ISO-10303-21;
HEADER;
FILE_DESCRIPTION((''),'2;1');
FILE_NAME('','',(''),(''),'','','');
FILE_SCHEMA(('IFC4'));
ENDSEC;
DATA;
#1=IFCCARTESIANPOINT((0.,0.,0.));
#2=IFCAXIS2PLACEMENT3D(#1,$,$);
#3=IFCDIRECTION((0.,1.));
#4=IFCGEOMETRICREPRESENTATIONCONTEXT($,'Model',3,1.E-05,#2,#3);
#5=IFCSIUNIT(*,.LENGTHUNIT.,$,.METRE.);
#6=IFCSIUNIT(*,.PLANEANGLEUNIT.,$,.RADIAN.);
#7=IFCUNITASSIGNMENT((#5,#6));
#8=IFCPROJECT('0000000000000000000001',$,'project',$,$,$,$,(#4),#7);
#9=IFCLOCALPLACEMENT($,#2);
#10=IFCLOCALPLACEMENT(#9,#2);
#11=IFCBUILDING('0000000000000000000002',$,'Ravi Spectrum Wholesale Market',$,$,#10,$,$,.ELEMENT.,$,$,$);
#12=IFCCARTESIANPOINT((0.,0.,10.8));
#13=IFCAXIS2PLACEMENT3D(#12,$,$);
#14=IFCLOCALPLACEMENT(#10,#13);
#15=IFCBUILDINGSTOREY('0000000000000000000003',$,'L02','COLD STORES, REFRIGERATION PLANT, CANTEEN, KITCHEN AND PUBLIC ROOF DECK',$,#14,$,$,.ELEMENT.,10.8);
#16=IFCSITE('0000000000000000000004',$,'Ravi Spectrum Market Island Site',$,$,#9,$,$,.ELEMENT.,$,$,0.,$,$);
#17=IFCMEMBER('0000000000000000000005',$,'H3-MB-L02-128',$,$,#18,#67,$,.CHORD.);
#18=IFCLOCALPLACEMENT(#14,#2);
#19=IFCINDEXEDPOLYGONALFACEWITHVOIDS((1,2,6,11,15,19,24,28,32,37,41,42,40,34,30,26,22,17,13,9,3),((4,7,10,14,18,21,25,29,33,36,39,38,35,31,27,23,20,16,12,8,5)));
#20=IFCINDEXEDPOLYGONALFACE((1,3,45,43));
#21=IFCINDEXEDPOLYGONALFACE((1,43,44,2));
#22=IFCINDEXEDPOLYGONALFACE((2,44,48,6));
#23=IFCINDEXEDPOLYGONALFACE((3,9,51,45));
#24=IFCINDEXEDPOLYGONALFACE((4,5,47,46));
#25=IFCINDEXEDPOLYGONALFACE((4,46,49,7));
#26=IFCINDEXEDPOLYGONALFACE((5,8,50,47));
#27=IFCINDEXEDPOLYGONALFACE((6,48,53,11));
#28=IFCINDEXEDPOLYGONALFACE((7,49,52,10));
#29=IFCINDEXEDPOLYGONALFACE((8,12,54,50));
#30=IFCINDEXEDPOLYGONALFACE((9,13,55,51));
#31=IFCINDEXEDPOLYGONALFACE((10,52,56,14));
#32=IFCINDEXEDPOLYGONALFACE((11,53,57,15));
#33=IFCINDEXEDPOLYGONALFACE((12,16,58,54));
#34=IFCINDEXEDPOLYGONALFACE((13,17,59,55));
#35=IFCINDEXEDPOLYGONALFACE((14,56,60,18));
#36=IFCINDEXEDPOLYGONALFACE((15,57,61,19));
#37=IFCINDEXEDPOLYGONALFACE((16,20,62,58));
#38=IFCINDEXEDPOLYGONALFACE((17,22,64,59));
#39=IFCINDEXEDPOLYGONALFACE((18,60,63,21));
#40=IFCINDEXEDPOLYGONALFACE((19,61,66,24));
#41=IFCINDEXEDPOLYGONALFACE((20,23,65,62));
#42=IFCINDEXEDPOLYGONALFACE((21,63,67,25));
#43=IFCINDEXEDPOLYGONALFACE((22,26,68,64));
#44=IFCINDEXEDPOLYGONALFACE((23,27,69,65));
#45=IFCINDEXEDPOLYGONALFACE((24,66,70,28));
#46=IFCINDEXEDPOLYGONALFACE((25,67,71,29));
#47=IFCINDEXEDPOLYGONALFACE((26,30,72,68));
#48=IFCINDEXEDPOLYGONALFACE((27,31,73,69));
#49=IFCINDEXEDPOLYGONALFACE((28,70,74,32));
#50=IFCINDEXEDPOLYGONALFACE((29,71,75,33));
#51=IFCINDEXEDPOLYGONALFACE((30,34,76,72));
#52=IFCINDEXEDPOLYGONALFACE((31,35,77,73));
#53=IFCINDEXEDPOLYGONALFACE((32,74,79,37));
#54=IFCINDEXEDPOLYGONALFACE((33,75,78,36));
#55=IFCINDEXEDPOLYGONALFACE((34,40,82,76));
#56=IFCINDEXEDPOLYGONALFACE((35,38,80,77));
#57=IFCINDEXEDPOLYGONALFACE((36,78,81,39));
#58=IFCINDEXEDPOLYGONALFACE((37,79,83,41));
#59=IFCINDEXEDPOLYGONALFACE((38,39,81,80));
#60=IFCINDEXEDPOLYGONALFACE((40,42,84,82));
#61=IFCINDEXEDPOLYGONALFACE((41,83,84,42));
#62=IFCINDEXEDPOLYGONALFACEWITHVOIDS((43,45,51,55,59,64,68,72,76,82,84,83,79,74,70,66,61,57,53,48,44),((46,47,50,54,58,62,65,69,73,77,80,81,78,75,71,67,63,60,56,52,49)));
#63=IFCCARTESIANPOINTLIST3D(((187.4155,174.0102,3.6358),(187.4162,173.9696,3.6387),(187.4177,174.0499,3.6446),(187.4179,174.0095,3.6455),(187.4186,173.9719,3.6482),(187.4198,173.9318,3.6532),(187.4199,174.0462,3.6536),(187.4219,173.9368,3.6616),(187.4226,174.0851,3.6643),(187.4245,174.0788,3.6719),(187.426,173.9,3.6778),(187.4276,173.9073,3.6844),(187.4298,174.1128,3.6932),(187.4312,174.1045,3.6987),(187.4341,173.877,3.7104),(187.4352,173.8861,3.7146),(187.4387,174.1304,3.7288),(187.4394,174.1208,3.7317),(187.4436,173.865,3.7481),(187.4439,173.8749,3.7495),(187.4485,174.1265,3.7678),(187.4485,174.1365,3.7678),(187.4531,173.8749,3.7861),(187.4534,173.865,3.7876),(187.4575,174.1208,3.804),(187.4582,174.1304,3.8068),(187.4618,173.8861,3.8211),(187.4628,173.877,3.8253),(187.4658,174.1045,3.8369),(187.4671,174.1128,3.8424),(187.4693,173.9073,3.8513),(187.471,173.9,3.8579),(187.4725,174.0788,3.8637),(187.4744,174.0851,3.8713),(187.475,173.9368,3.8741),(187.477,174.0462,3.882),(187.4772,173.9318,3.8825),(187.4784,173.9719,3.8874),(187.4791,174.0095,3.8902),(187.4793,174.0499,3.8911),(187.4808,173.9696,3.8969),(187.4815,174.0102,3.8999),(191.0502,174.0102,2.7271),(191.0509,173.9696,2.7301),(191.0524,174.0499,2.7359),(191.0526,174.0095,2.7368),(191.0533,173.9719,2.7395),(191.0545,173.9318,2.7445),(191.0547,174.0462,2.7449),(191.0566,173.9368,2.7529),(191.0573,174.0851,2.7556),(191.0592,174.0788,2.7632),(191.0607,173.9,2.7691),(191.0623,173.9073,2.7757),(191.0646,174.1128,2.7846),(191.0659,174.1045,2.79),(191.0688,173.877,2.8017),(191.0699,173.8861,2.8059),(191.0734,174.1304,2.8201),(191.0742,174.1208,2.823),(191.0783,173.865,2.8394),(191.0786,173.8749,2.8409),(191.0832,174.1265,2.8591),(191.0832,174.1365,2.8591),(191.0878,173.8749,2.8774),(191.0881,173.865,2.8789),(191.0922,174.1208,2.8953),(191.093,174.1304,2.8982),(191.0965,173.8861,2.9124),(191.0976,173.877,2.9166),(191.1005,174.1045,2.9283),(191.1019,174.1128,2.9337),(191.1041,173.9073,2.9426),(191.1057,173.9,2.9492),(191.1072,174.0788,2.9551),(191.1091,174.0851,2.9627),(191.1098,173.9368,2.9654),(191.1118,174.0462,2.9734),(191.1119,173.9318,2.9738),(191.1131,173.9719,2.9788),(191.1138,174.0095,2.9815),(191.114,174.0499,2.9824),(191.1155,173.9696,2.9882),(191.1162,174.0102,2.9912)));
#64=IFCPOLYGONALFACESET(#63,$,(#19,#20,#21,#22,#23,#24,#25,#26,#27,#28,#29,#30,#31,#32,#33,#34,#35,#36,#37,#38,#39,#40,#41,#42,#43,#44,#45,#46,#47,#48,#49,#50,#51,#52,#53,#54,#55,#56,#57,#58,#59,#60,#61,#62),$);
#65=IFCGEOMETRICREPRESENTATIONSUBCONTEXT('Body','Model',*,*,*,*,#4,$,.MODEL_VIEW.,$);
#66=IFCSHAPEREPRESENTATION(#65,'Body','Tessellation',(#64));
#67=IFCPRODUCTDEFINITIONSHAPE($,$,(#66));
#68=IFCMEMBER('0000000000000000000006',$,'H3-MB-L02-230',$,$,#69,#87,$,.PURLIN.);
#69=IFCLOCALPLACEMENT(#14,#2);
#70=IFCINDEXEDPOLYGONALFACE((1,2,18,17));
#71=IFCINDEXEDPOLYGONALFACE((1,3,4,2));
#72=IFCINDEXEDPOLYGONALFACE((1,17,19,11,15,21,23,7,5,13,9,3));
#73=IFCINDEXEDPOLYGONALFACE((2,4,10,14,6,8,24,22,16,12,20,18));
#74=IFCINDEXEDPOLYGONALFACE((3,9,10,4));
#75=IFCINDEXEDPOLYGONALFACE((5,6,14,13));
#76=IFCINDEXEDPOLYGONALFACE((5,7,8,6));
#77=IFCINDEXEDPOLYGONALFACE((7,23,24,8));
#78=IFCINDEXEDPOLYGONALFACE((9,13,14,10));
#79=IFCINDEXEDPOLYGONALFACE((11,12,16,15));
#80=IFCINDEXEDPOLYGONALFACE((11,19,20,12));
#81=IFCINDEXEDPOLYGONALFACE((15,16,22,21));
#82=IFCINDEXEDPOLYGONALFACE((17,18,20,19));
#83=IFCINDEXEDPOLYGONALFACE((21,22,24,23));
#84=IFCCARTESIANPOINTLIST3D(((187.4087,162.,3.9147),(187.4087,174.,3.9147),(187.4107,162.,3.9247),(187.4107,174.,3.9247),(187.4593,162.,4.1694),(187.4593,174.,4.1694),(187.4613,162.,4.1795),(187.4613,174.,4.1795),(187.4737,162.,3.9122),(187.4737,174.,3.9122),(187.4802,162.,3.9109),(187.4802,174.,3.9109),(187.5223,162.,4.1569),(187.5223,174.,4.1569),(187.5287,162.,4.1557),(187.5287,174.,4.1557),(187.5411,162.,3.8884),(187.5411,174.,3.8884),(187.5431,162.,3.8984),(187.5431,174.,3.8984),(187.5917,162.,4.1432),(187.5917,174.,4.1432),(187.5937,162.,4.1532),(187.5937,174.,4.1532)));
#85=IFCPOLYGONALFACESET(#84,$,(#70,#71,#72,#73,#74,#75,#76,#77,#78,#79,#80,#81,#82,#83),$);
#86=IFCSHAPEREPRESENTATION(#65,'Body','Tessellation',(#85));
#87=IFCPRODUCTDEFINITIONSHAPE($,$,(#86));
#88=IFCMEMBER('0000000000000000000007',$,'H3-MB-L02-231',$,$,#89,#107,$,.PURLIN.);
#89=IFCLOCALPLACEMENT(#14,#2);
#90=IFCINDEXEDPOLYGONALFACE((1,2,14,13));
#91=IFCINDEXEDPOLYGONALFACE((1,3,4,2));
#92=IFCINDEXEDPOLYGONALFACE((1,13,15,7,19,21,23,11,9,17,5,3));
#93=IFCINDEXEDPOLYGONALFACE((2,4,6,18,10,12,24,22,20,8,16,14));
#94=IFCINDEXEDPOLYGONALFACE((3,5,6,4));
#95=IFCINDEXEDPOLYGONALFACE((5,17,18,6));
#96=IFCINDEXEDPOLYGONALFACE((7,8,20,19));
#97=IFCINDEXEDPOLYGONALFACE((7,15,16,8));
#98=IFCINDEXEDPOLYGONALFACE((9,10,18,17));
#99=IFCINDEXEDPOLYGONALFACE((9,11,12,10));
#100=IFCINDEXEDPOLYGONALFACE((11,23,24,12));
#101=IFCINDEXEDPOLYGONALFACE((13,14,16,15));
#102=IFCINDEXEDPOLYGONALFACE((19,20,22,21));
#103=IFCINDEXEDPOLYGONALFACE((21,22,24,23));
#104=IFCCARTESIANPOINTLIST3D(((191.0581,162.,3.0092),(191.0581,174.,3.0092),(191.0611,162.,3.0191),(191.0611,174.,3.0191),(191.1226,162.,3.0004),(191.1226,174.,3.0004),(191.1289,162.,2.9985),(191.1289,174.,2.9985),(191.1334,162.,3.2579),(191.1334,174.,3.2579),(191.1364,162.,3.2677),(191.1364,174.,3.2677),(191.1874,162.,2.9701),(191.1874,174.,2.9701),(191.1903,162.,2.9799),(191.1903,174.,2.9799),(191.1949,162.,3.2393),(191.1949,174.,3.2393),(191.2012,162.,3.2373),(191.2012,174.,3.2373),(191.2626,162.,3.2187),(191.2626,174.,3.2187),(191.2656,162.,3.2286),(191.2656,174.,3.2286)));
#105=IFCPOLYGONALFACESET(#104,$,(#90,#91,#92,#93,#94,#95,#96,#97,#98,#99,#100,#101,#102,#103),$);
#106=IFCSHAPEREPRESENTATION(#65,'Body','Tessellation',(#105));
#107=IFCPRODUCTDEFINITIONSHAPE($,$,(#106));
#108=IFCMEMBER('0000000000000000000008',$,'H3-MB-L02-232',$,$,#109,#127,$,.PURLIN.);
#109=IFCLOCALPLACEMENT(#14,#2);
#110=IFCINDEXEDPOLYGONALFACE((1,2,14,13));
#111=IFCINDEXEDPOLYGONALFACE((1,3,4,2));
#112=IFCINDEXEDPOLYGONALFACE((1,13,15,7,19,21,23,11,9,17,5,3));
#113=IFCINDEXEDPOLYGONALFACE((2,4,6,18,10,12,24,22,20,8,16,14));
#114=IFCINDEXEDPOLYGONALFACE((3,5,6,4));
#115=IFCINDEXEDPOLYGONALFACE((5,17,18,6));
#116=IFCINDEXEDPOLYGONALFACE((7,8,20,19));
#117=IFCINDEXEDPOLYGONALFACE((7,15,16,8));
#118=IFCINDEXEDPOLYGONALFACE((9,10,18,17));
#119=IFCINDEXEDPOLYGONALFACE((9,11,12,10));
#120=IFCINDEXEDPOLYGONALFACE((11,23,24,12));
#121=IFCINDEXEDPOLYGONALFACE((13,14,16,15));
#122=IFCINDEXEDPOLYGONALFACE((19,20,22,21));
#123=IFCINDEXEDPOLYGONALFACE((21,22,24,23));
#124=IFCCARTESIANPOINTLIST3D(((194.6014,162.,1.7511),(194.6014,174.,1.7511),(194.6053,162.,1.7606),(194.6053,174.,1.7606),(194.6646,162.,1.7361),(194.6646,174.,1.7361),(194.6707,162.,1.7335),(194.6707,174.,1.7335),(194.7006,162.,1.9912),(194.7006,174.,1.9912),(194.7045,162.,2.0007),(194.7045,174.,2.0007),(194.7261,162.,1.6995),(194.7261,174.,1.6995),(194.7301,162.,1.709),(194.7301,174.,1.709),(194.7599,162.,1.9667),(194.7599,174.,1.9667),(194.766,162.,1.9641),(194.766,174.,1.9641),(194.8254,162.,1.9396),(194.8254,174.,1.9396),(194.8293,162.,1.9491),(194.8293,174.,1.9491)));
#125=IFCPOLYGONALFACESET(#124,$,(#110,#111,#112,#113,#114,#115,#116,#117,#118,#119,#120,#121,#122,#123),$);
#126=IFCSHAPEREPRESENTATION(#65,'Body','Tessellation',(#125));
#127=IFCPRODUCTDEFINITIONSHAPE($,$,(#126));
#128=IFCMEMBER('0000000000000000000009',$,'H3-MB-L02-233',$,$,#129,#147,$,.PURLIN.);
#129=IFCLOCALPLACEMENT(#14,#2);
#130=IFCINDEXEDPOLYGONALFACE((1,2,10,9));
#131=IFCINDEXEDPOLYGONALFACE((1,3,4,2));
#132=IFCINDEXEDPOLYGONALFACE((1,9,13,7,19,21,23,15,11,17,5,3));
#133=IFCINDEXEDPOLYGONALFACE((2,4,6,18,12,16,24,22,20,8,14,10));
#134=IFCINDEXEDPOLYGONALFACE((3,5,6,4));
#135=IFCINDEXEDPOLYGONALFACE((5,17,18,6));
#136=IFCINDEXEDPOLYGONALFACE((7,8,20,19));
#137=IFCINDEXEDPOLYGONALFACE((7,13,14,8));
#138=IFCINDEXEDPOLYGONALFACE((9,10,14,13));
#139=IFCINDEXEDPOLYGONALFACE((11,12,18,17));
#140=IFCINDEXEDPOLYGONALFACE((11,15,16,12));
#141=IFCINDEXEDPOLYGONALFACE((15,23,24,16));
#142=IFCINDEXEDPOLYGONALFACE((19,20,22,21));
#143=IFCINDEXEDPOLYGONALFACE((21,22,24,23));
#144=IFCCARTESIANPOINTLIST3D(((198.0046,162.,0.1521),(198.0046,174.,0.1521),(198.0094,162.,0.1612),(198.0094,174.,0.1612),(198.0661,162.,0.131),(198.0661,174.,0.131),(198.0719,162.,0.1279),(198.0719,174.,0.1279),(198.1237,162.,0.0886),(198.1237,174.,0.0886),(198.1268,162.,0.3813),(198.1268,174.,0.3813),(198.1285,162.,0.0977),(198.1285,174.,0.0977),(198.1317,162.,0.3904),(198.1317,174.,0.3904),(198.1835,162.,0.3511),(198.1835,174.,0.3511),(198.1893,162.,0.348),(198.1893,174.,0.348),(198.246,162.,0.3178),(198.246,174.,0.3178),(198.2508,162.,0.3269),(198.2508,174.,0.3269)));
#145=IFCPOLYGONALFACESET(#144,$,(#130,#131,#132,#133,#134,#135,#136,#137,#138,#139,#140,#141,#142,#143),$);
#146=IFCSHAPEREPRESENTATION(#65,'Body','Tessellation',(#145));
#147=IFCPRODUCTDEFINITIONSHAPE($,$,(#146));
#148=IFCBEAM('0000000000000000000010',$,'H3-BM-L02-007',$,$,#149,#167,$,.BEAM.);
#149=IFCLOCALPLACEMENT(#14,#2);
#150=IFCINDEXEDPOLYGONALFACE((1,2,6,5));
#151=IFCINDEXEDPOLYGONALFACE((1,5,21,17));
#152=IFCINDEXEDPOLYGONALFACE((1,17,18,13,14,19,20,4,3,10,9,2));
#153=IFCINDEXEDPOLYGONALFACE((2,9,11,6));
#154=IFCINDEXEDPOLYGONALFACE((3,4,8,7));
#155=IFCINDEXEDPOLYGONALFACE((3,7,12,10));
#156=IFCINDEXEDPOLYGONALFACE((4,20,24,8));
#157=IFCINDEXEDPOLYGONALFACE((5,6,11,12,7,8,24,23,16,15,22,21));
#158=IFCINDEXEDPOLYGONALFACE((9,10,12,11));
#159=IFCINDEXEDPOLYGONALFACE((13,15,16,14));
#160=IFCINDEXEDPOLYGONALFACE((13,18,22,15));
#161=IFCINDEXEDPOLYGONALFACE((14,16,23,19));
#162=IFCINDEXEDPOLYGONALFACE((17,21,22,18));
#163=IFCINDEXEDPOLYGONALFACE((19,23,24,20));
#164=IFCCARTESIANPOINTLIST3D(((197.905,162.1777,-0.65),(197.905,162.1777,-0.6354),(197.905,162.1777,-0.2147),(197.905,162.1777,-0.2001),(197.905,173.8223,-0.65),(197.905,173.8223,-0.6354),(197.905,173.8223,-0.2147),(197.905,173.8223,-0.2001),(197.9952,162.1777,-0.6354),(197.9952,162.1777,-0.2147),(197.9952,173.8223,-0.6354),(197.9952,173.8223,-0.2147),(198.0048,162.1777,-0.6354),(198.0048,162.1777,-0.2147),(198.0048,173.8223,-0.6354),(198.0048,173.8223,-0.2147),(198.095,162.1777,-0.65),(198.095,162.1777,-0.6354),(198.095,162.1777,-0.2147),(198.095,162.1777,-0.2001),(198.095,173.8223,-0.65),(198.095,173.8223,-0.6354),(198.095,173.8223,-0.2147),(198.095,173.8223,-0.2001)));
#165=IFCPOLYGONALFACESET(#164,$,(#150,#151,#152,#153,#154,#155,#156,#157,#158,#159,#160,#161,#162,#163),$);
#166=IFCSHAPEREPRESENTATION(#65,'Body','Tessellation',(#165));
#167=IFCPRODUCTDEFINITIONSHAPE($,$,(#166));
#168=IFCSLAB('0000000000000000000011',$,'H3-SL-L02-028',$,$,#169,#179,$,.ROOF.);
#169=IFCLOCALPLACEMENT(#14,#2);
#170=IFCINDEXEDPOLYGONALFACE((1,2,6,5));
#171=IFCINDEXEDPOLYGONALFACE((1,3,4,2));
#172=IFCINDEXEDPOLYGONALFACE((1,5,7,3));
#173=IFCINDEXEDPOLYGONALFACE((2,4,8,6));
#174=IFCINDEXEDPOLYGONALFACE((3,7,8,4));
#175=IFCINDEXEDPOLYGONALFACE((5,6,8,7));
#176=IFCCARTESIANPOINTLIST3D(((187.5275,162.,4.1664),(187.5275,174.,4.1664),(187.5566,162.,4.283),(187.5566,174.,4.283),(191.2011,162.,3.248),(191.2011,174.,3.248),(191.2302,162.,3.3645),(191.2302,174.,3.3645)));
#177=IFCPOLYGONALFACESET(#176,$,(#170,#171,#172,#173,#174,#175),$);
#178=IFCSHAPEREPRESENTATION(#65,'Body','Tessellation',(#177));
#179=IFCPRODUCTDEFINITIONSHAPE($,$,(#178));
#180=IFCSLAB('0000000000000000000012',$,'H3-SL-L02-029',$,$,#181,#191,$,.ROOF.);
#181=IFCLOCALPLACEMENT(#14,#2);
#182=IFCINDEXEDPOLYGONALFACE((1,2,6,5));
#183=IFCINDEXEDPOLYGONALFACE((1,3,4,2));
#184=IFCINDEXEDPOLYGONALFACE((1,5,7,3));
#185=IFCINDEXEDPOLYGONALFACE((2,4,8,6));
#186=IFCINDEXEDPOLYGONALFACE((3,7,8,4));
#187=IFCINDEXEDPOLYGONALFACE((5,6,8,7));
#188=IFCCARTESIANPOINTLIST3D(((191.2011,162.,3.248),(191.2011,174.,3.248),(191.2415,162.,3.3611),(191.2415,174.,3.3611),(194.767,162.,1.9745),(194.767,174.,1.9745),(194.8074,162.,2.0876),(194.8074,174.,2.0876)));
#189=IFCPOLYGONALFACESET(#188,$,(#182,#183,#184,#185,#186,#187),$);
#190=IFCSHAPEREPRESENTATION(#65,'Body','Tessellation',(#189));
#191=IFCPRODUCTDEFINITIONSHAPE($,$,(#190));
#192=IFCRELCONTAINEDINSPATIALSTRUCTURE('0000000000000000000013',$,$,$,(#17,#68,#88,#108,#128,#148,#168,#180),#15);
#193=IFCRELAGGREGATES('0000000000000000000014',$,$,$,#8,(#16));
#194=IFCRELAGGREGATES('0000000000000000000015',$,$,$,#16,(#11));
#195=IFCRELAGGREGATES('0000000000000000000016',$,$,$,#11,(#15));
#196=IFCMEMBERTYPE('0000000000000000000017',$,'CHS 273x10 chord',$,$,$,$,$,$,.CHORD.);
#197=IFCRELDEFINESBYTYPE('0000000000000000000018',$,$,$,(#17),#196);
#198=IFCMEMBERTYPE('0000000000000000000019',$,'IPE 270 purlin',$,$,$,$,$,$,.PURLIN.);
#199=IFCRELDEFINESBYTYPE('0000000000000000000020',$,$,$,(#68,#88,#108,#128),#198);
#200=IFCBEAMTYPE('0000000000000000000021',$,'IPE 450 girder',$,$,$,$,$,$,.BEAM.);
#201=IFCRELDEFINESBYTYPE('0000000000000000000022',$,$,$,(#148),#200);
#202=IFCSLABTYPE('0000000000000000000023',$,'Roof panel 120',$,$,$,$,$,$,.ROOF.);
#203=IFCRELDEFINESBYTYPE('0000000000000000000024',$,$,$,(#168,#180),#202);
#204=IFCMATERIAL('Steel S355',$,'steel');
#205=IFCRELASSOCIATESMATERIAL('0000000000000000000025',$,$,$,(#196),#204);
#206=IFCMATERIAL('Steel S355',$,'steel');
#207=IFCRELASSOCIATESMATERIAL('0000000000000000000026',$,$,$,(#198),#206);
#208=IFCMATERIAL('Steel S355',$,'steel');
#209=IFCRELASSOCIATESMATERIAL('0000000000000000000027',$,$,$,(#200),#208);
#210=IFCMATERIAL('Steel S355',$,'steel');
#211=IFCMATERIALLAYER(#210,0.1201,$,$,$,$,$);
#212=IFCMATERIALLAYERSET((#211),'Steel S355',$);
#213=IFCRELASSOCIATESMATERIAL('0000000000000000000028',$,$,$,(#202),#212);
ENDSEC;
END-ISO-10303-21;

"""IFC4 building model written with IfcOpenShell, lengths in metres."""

from ifc_helpers import new_model, si_unit, direction, frame, origin, origin_2d, place, context, subcontext, project, spatial, polyline, hollow_circle, i_section, outline, extrude, material, layer, layer_set, material_profile, profile_set, type_object, element, save


model = new_model("IFC4")

# Units and contexts
model_context = context("Model", 3, precision=1e-05, world=origin(), true_north=direction((0.0, 1.0)))
body_context = subcontext(model_context, "Body", "Model", "MODEL_VIEW")
ifc_project = project(units=[si_unit("LENGTHUNIT", "METRE"), si_unit("PLANEANGLEUNIT", "RADIAN")], contexts=[model_context])

# Site, building, storey
site_placement = place(None, origin())
site = spatial("IfcSite", under=ifc_project, at=site_placement, Name="Ravi Spectrum Market Island Site", CompositionType="ELEMENT", RefElevation=0.0)
building_placement = place(site_placement, origin())
building = spatial("IfcBuilding", under=site, at=building_placement, Name="Ravi Spectrum Wholesale Market", CompositionType="ELEMENT")
storey_placement = place(building_placement, frame((0.0, 0.0, 10.8)))
storey = spatial("IfcBuildingStorey", under=building, at=storey_placement, Name="L02", Description="COLD STORES, REFRIGERATION PLANT, CANTEEN, KITCHEN AND PUBLIC ROOF DECK", CompositionType="ELEMENT", Elevation=10.8)

# Members
ifc_material_1 = material(Name="Steel S355", Category="steel")
ifc_material_profile_1 = material_profile(ifc_material_1, hollow_circle(Radius=0.1365, WallThickness=0.01, at=origin_2d()))
ifc_profile_set_1 = profile_set([ifc_material_profile_1], Name="Steel S355")
member_type_1 = type_object("IfcMemberType", Name="CHS 273x10 chord", PredefinedType="CHORD", material=ifc_profile_set_1)
for number, where, z_axis, x_axis, name in (
    (1, (187.4485, 174.0, 3.7678), (0.970143, 0.0, -0.242536), (0.0, 1.0, 0.0), "H3-MB-L02-128"),
):
    element("IfcMember", number, at=place(storey_placement, frame(where, z_axis=z_axis, x_axis=x_axis)), inside=storey, type_object=member_type_1, Name=name, PredefinedType="CHORD", context=body_context, shape_type="SweptSolid", body=[
        extrude(hollow_circle(Radius=0.1365, WallThickness=0.01, at=origin_2d()), origin(), (0.0, 0.0, 1.0), 3.7466),
    ])
ifc_material_2 = material(Name="Steel S355", Category="steel")
ifc_material_profile_2 = material_profile(ifc_material_2, i_section(OverallWidth=0.135, OverallDepth=0.27, WebThickness=0.0066, FlangeThickness=0.0103, at=origin_2d()))
ifc_profile_set_2 = profile_set([ifc_material_profile_2], Name="Steel S355")
member_type_2 = type_object("IfcMemberType", Name="IPE 270 purlin", PredefinedType="PURLIN", material=ifc_profile_set_2)
for number, where, z_axis, x_axis, name in (
    (2, (187.5012, 162.0, 4.0339), (0.0, 1.0, 0.0), (-0.980857, 0.0, 0.194731), "H3-MB-L02-230"),
    (3, (191.1619, 162.0, 3.1189), (0.0, 1.0, 0.0), (-0.9571, 0.0, 0.289758), "H3-MB-L02-231"),
    (4, (194.7153, 162.0, 1.8501), (0.0, 1.0, 0.0), (-0.92416, 0.0, 0.382006), "H3-MB-L02-232"),
    (5, (198.1277, 162.0, 0.2395), (0.0, 1.0, 0.0), (-0.882353, 0.0, 0.470588), "H3-MB-L02-233"),
):
    element("IfcMember", number, at=place(storey_placement, frame(where, z_axis=z_axis, x_axis=x_axis)), inside=storey, type_object=member_type_2, Name=name, PredefinedType="PURLIN", context=body_context, shape_type="SweptSolid", body=[
        extrude(i_section(OverallWidth=0.135, OverallDepth=0.27, WebThickness=0.0066, FlangeThickness=0.0103, at=origin_2d()), origin(), (0.0, 0.0, 1.0), 12.0),
    ])

# Beam
ifc_material_3 = material(Name="Steel S355", Category="steel")
ifc_material_profile_3 = material_profile(ifc_material_3, i_section(OverallWidth=0.1899, OverallDepth=0.45, WebThickness=0.0095, FlangeThickness=0.0146, at=origin_2d()))
ifc_profile_set_3 = profile_set([ifc_material_profile_3], Name="Steel S355")
beam_type = type_object("IfcBeamType", Name="IPE 450 girder", PredefinedType="BEAM", material=ifc_profile_set_3)
beam_placement = place(storey_placement, frame((198.0, 162.1777, -0.425), z_axis=(0.0, 1.0, 0.0), x_axis=(-1.0, 0.0, 0.0)))
element("IfcBeam", 6, at=beam_placement, inside=storey, type_object=beam_type, Name="H3-BM-L02-007", PredefinedType="BEAM", context=body_context, shape_type="SweptSolid", body=[
    extrude(i_section(OverallWidth=0.1899, OverallDepth=0.45, WebThickness=0.0095, FlangeThickness=0.0146, at=origin_2d()), origin(), (0.0, 0.0, 1.0), 11.6445),
])

# Slabs
ifc_material_4 = material(Name="Steel S355", Category="steel")
ifc_layer_1 = layer(ifc_material_4, 0.1201)
ifc_layer_set_1 = layer_set([ifc_layer_1], Name="Steel S355")
slab_type = type_object("IfcSlabType", Name="Roof panel 120", PredefinedType="ROOF", material=ifc_layer_set_1)
slab_1_placement = place(storey_placement, frame((187.5566, 162.0, 4.283), z_axis=(0.242551, 0.0, 0.970139), x_axis=(0.970139, 0.0, -0.242551)))
element("IfcSlab", 7, at=slab_1_placement, inside=storey, type_object=slab_type, Name="H3-SL-L02-028", PredefinedType="ROOF", context=body_context, shape_type="SweptSolid", body=[
    extrude(outline(polyline([(0.0, 0.0), (3.7867, 0.0), (3.7867, 12.0), (0.0, 12.0), (0.0, 0.0)])), origin(), (0.0, 0.0, -1.0), 0.1201),
])
slab_2_placement = place(storey_placement, frame((191.2415, 162.0, 3.3611), z_axis=(0.336312, 0.0, 0.941751), x_axis=(0.941751, 0.0, -0.336312)))
element("IfcSlab", 8, at=slab_2_placement, inside=storey, type_object=slab_type, Name="H3-SL-L02-029", PredefinedType="ROOF", context=body_context, shape_type="SweptSolid", body=[
    extrude(outline(polyline([(0.0, 0.0), (3.7865, 0.0), (3.7865, 12.0), (0.0, 12.0), (0.0, 0.0)])), origin(), (0.0, 0.0, -1.0), 0.1201),
])

save(model, "model.ifc")
